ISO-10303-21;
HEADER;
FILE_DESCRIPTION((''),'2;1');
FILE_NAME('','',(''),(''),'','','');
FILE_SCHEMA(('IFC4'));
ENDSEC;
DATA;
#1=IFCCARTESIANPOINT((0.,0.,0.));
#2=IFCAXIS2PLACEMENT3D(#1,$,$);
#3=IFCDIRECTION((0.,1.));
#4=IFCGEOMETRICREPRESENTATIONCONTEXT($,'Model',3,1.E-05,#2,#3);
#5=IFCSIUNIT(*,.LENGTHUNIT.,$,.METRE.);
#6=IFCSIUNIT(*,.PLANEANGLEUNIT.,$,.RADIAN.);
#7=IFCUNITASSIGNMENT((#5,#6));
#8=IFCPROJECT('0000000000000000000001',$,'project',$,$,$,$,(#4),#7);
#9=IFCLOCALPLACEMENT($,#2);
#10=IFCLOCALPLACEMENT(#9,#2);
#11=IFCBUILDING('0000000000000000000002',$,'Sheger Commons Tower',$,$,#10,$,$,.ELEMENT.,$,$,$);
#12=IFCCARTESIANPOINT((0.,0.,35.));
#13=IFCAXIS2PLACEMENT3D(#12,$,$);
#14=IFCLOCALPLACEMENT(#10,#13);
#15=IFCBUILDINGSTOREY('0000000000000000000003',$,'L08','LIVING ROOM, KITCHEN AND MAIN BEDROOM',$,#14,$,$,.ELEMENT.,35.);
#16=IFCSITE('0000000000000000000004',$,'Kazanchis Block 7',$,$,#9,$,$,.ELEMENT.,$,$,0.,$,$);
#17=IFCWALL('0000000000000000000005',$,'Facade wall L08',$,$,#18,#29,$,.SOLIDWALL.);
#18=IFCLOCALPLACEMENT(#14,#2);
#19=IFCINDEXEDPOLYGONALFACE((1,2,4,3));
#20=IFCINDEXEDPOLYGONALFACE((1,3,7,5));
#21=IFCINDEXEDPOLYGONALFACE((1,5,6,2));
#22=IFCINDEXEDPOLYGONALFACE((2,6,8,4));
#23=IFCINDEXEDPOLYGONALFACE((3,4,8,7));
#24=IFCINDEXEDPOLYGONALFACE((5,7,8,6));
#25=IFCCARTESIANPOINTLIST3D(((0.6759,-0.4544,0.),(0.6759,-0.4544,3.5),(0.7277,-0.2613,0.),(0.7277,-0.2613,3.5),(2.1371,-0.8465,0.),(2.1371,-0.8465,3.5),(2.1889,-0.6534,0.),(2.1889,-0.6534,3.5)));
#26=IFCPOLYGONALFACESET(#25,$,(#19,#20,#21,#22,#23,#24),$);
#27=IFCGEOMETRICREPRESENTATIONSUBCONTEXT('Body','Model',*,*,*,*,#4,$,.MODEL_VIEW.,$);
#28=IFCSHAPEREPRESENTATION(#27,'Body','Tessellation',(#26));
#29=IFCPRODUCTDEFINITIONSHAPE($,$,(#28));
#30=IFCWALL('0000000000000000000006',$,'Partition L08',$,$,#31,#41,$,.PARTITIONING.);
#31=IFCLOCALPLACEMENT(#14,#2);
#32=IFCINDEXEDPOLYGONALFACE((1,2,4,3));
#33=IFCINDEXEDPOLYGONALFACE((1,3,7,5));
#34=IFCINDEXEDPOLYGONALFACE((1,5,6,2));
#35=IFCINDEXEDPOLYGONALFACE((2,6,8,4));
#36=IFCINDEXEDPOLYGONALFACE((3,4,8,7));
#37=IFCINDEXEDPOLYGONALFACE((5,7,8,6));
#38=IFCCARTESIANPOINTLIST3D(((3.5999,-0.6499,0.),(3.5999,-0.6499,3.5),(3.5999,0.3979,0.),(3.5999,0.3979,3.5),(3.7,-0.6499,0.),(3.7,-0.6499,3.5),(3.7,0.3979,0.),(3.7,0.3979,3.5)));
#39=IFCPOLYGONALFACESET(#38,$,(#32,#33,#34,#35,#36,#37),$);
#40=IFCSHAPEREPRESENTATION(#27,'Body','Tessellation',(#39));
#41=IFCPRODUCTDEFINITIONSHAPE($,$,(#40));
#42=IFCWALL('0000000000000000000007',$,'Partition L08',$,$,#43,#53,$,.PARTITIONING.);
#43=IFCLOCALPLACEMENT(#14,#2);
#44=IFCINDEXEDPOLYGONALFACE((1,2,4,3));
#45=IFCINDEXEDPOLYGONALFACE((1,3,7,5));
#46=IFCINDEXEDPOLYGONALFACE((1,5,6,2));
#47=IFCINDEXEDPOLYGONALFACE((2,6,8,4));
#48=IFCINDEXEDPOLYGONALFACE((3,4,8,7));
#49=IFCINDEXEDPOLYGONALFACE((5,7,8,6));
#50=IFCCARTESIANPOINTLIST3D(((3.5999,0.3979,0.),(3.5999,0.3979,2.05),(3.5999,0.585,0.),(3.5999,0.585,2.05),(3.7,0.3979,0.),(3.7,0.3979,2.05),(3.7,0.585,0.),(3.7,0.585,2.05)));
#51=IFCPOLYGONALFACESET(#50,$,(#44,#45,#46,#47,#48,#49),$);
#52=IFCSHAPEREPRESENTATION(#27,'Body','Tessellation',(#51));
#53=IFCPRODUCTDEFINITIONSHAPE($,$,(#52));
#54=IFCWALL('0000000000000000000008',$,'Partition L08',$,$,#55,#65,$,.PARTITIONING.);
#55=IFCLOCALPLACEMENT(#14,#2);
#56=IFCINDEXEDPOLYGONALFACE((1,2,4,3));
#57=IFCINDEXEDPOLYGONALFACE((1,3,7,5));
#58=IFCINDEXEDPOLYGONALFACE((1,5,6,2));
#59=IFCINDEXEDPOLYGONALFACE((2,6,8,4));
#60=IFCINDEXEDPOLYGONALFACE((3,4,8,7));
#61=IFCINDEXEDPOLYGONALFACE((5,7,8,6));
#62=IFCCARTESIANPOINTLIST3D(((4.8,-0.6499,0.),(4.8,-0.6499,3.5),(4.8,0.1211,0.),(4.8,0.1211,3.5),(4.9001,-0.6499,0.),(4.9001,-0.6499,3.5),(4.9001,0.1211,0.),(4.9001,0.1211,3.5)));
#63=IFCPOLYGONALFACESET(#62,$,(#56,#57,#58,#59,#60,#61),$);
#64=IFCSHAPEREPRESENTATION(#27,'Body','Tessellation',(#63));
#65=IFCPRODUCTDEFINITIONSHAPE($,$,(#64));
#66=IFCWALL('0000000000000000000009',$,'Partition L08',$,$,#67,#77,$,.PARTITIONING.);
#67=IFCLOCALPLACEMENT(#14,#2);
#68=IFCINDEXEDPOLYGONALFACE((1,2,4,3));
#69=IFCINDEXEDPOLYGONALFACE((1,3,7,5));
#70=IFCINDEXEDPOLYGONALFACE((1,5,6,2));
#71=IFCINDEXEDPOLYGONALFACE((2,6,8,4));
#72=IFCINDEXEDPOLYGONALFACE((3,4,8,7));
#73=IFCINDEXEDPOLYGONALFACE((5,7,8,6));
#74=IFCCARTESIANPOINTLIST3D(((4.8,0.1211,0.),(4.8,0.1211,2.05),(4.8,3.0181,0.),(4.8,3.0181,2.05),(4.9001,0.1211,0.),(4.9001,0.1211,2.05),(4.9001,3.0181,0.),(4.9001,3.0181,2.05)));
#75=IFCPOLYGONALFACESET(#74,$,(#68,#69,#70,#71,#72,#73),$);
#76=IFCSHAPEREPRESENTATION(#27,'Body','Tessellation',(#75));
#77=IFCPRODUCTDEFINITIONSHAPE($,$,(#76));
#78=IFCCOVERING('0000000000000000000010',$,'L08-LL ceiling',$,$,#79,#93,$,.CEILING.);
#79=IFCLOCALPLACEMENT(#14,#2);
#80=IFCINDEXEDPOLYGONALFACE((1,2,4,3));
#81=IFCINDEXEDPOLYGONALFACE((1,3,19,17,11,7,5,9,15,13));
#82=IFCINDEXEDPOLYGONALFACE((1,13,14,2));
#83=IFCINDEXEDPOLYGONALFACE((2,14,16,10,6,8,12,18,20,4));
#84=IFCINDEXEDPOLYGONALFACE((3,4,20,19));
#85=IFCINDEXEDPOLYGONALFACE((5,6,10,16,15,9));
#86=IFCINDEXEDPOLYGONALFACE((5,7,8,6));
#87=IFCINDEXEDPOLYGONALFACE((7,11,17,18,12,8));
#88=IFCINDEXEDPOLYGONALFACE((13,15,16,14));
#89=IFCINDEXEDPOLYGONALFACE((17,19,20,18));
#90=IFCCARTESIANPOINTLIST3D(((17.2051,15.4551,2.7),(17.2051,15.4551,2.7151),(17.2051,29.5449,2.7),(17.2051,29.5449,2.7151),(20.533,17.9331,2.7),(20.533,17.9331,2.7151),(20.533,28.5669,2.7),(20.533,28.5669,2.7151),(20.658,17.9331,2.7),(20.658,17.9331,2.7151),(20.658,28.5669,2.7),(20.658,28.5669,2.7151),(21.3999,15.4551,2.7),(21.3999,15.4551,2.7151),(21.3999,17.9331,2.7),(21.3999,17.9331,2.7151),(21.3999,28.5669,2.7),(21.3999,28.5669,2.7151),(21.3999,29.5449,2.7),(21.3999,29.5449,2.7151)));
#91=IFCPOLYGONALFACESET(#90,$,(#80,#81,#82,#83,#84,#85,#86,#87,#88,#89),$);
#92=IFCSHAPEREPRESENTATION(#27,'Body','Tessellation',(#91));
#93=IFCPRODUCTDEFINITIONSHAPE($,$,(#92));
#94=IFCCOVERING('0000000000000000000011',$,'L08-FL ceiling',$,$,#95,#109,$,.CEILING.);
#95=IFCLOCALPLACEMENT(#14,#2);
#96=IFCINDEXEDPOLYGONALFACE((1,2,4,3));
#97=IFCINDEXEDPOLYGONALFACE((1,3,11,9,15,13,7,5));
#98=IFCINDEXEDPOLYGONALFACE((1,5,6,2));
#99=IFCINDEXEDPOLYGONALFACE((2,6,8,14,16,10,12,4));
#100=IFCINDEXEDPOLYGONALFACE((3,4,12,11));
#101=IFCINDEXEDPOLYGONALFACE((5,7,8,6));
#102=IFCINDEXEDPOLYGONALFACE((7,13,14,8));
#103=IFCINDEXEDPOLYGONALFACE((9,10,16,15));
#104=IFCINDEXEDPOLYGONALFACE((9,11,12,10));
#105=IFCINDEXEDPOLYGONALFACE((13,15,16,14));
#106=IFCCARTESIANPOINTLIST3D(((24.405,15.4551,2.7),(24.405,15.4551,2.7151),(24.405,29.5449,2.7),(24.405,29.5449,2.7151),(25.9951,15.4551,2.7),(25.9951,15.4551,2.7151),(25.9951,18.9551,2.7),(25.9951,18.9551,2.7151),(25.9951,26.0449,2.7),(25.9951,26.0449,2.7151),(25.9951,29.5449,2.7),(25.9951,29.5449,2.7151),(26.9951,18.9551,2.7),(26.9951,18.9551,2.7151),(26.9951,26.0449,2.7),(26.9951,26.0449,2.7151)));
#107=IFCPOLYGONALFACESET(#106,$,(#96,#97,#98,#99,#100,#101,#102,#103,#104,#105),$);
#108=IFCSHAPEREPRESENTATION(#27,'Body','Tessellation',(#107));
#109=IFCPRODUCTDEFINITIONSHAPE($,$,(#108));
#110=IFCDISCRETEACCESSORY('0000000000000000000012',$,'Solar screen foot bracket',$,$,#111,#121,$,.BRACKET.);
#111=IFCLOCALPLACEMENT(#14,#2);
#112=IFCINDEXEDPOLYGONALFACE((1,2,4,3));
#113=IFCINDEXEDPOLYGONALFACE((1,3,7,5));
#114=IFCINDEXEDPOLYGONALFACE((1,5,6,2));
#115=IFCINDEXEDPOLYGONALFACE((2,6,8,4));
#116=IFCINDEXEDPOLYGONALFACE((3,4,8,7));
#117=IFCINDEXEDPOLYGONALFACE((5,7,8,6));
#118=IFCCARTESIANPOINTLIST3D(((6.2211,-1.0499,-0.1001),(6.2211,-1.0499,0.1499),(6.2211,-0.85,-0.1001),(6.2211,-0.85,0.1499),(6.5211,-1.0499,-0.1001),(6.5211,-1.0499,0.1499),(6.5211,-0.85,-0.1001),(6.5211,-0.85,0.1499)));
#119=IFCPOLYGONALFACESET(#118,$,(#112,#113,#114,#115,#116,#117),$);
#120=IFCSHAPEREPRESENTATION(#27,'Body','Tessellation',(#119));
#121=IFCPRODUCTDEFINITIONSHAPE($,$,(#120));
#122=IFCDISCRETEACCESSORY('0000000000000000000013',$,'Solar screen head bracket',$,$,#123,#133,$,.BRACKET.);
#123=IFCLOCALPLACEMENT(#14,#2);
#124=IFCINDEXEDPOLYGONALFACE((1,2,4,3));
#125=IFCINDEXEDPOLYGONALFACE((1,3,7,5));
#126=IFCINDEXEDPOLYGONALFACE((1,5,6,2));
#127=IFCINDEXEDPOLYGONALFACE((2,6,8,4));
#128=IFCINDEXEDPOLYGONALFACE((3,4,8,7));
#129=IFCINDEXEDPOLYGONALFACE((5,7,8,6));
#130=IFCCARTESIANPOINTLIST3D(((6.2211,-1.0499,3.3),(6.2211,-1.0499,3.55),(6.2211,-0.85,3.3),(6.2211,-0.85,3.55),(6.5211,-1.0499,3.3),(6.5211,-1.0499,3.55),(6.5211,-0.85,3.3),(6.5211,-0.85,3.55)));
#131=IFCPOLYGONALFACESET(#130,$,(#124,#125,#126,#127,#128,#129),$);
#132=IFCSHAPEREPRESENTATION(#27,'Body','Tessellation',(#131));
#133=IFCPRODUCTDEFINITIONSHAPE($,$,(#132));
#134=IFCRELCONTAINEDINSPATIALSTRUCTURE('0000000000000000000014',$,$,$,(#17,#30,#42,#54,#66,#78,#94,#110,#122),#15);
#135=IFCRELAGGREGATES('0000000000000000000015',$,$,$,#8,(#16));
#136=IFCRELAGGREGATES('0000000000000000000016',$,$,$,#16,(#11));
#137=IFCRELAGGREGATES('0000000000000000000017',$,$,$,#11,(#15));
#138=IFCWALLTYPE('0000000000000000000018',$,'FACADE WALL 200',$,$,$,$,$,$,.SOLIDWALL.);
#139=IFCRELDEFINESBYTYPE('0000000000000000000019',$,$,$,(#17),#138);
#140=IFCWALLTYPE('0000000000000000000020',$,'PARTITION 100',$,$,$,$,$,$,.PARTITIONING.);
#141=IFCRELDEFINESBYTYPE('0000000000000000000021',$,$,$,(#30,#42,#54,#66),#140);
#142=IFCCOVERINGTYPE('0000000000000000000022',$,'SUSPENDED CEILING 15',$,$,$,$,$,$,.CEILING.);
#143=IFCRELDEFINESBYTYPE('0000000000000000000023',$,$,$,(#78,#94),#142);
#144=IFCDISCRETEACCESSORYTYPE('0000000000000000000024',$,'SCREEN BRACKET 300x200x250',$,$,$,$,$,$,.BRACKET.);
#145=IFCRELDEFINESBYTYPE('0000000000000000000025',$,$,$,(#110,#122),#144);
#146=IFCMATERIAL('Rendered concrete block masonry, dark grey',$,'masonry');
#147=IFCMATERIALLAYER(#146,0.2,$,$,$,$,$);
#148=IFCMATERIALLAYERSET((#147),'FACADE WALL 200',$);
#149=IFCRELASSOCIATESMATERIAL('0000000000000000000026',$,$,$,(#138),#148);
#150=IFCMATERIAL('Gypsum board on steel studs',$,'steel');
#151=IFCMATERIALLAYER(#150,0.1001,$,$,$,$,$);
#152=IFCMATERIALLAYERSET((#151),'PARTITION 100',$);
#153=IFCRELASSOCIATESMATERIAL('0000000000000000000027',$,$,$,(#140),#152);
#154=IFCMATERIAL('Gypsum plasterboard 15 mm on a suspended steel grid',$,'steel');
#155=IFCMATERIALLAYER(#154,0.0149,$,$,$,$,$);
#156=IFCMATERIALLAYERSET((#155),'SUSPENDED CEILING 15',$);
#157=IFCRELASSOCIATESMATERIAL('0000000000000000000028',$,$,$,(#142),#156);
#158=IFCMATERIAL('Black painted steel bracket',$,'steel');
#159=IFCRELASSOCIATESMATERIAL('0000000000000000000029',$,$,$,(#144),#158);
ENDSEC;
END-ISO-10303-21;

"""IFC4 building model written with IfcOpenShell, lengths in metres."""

from ifc_helpers import new_model, si_unit, direction, frame, frame_2d, origin, origin_2d, place, context, subcontext, project, spatial, polyline, rectangle, outline, extrude, material, layer, layer_set, type_object, element, save


model = new_model("IFC4")

# Units and contexts
model_context = context("Model", 3, precision=1e-05, world=origin(), true_north=direction((0.0, 1.0)))
body_context = subcontext(model_context, "Body", "Model", "MODEL_VIEW")
ifc_project = project(units=[si_unit("LENGTHUNIT", "METRE"), si_unit("PLANEANGLEUNIT", "RADIAN")], contexts=[model_context])

# Site, building, storey
site_placement = place(None, origin())
site = spatial("IfcSite", under=ifc_project, at=site_placement, Name="Kazanchis Block 7", CompositionType="ELEMENT", RefElevation=0.0)
building_placement = place(site_placement, origin())
building = spatial("IfcBuilding", under=site, at=building_placement, Name="Sheger Commons Tower", CompositionType="ELEMENT")
storey_placement = place(building_placement, frame((0.0, 0.0, 35.0)))
storey = spatial("IfcBuildingStorey", under=building, at=storey_placement, Name="L08", Description="LIVING ROOM, KITCHEN AND MAIN BEDROOM", CompositionType="ELEMENT", Elevation=35.0)

# Shared definitions
ifc_material_1 = material(Name="Rendered concrete block masonry, dark grey", Category="masonry")
ifc_layer_1 = layer(ifc_material_1, 0.2)
ifc_layer_set_1 = layer_set([ifc_layer_1], Name="FACADE WALL 200")
wall_type_1 = type_object("IfcWallType", Name="FACADE WALL 200", PredefinedType="SOLIDWALL", material=ifc_layer_set_1)

# Walls
wall_1_placement = place(storey_placement, frame((0.7019, -0.3579, 0.0), z_axis=(0.0, 0.0, 1.0), x_axis=(0.965832, -0.259169, 0.0)))
element("IfcWall", 1, at=wall_1_placement, inside=storey, type_object=wall_type_1, Name="Facade wall L08", PredefinedType="SOLIDWALL", context=body_context, shape_type="SweptSolid", body=[
    extrude(rectangle(XDim=1.5129, YDim=0.2, at=frame_2d((0.7563, 0.0))), origin(), (0.0, 0.0, 1.0), 3.5),
])
ifc_material_2 = material(Name="Gypsum board on steel studs", Category="steel")
ifc_layer_2 = layer(ifc_material_2, 0.1001)
ifc_layer_set_2 = layer_set([ifc_layer_2], Name="PARTITION 100")
wall_type_2 = type_object("IfcWallType", Name="PARTITION 100", PredefinedType="PARTITIONING", material=ifc_layer_set_2)
wall_2_placement = place(storey_placement, frame((3.6499, -0.6499, 0.0), z_axis=(0.0, 0.0, 1.0), x_axis=(0.0, 1.0, 0.0)))
element("IfcWall", 2, at=wall_2_placement, inside=storey, type_object=wall_type_2, Name="Partition L08", PredefinedType="PARTITIONING", context=body_context, shape_type="SweptSolid", body=[
    extrude(rectangle(XDim=1.0479, YDim=0.1001, at=frame_2d((0.5239, 0.0))), origin(), (0.0, 0.0, 1.0), 3.5),
])
wall_3_placement = place(storey_placement, frame((3.6499, 0.3979, 0.0), z_axis=(0.0, 0.0, 1.0), x_axis=(0.0, 1.0, 0.0)))
element("IfcWall", 3, at=wall_3_placement, inside=storey, type_object=wall_type_2, Name="Partition L08", PredefinedType="PARTITIONING", context=body_context, shape_type="SweptSolid", body=[
    extrude(rectangle(XDim=0.187, YDim=0.1001, at=frame_2d((0.0935, 0.0))), origin(), (0.0, 0.0, 1.0), 2.05),
])
wall_4_placement = place(storey_placement, frame((4.8501, -0.6499, 0.0), z_axis=(0.0, 0.0, 1.0), x_axis=(0.0, 1.0, 0.0)))
element("IfcWall", 4, at=wall_4_placement, inside=storey, type_object=wall_type_2, Name="Partition L08", PredefinedType="PARTITIONING", context=body_context, shape_type="SweptSolid", body=[
    extrude(rectangle(XDim=0.771, YDim=0.1001, at=frame_2d((0.3855, 0.0))), origin(), (0.0, 0.0, 1.0), 3.5),
])
wall_5_placement = place(storey_placement, frame((4.8501, 0.1211, 0.0), z_axis=(0.0, 0.0, 1.0), x_axis=(0.0, 1.0, 0.0)))
element("IfcWall", 5, at=wall_5_placement, inside=storey, type_object=wall_type_2, Name="Partition L08", PredefinedType="PARTITIONING", context=body_context, shape_type="SweptSolid", body=[
    extrude(rectangle(XDim=2.897, YDim=0.1001, at=frame_2d((1.4485, 0.0))), origin(), (0.0, 0.0, 1.0), 2.05),
])

# Coverings
ifc_material_3 = material(Name="Gypsum plasterboard 15 mm on a suspended steel grid", Category="steel")
ifc_layer_3 = layer(ifc_material_3, 0.0149)
ifc_layer_set_3 = layer_set([ifc_layer_3], Name="SUSPENDED CEILING 15")
covering_type = type_object("IfcCoveringType", Name="SUSPENDED CEILING 15", PredefinedType="CEILING", material=ifc_layer_set_3)
covering_1_placement = place(storey_placement, frame((0.0, 0.0, 2.7)))
element("IfcCovering", 6, at=covering_1_placement, inside=storey, type_object=covering_type, Name="L08-LL ceiling", PredefinedType="CEILING", context=body_context, shape_type="SweptSolid", body=[
    extrude(outline(polyline([(17.2051, 15.4551), (21.3999, 15.4551), (21.3999, 17.9331), (20.658, 17.9331), (20.533, 17.9331), (20.533, 28.5669), (20.658, 28.5669), (21.3999, 28.5669), (21.3999, 29.5449), (17.2051, 29.5449), (17.2051, 15.4551)])), origin(), (0.0, 0.0, 1.0), 0.0151),
])
covering_2_placement = place(storey_placement, frame((0.0, 0.0, 2.7)))
element("IfcCovering", 7, at=covering_2_placement, inside=storey, type_object=covering_type, Name="L08-FL ceiling", PredefinedType="CEILING", context=body_context, shape_type="SweptSolid", body=[
    extrude(outline(polyline([(24.405, 15.4551), (25.9951, 15.4551), (25.9951, 18.9551), (26.9951, 18.9551), (26.9951, 26.0449), (25.9951, 26.0449), (25.9951, 29.5449), (24.405, 29.5449), (24.405, 15.4551)])), origin(), (0.0, 0.0, 1.0), 0.0151),
])

# Discrete accessories
ifc_material_4 = material(Name="Black painted steel bracket", Category="steel")
discrete_accessory_type = type_object("IfcDiscreteAccessoryType", Name="SCREEN BRACKET 300x200x250", PredefinedType="BRACKET", material=ifc_material_4)
for number, where, z_axis, x_axis, name in (
    (8, (6.3711, -0.95, -0.1001), (0.0, 0.0, 1.0), (1.0, 0.0, 0.0), "Solar screen foot bracket"),
    (9, (6.3711, -0.95, 3.3), (0.0, 0.0, 1.0), (1.0, 0.0, 0.0), "Solar screen head bracket"),
):
    element("IfcDiscreteAccessory", number, at=place(storey_placement, frame(where, z_axis=z_axis, x_axis=x_axis)), inside=storey, type_object=discrete_accessory_type, Name=name, PredefinedType="BRACKET", context=body_context, shape_type="SweptSolid", body=[
        extrude(rectangle(XDim=0.3, YDim=0.2, at=origin_2d()), origin(), (0.0, 0.0, 1.0), 0.25),
    ])

save(model, "model.ifc")
